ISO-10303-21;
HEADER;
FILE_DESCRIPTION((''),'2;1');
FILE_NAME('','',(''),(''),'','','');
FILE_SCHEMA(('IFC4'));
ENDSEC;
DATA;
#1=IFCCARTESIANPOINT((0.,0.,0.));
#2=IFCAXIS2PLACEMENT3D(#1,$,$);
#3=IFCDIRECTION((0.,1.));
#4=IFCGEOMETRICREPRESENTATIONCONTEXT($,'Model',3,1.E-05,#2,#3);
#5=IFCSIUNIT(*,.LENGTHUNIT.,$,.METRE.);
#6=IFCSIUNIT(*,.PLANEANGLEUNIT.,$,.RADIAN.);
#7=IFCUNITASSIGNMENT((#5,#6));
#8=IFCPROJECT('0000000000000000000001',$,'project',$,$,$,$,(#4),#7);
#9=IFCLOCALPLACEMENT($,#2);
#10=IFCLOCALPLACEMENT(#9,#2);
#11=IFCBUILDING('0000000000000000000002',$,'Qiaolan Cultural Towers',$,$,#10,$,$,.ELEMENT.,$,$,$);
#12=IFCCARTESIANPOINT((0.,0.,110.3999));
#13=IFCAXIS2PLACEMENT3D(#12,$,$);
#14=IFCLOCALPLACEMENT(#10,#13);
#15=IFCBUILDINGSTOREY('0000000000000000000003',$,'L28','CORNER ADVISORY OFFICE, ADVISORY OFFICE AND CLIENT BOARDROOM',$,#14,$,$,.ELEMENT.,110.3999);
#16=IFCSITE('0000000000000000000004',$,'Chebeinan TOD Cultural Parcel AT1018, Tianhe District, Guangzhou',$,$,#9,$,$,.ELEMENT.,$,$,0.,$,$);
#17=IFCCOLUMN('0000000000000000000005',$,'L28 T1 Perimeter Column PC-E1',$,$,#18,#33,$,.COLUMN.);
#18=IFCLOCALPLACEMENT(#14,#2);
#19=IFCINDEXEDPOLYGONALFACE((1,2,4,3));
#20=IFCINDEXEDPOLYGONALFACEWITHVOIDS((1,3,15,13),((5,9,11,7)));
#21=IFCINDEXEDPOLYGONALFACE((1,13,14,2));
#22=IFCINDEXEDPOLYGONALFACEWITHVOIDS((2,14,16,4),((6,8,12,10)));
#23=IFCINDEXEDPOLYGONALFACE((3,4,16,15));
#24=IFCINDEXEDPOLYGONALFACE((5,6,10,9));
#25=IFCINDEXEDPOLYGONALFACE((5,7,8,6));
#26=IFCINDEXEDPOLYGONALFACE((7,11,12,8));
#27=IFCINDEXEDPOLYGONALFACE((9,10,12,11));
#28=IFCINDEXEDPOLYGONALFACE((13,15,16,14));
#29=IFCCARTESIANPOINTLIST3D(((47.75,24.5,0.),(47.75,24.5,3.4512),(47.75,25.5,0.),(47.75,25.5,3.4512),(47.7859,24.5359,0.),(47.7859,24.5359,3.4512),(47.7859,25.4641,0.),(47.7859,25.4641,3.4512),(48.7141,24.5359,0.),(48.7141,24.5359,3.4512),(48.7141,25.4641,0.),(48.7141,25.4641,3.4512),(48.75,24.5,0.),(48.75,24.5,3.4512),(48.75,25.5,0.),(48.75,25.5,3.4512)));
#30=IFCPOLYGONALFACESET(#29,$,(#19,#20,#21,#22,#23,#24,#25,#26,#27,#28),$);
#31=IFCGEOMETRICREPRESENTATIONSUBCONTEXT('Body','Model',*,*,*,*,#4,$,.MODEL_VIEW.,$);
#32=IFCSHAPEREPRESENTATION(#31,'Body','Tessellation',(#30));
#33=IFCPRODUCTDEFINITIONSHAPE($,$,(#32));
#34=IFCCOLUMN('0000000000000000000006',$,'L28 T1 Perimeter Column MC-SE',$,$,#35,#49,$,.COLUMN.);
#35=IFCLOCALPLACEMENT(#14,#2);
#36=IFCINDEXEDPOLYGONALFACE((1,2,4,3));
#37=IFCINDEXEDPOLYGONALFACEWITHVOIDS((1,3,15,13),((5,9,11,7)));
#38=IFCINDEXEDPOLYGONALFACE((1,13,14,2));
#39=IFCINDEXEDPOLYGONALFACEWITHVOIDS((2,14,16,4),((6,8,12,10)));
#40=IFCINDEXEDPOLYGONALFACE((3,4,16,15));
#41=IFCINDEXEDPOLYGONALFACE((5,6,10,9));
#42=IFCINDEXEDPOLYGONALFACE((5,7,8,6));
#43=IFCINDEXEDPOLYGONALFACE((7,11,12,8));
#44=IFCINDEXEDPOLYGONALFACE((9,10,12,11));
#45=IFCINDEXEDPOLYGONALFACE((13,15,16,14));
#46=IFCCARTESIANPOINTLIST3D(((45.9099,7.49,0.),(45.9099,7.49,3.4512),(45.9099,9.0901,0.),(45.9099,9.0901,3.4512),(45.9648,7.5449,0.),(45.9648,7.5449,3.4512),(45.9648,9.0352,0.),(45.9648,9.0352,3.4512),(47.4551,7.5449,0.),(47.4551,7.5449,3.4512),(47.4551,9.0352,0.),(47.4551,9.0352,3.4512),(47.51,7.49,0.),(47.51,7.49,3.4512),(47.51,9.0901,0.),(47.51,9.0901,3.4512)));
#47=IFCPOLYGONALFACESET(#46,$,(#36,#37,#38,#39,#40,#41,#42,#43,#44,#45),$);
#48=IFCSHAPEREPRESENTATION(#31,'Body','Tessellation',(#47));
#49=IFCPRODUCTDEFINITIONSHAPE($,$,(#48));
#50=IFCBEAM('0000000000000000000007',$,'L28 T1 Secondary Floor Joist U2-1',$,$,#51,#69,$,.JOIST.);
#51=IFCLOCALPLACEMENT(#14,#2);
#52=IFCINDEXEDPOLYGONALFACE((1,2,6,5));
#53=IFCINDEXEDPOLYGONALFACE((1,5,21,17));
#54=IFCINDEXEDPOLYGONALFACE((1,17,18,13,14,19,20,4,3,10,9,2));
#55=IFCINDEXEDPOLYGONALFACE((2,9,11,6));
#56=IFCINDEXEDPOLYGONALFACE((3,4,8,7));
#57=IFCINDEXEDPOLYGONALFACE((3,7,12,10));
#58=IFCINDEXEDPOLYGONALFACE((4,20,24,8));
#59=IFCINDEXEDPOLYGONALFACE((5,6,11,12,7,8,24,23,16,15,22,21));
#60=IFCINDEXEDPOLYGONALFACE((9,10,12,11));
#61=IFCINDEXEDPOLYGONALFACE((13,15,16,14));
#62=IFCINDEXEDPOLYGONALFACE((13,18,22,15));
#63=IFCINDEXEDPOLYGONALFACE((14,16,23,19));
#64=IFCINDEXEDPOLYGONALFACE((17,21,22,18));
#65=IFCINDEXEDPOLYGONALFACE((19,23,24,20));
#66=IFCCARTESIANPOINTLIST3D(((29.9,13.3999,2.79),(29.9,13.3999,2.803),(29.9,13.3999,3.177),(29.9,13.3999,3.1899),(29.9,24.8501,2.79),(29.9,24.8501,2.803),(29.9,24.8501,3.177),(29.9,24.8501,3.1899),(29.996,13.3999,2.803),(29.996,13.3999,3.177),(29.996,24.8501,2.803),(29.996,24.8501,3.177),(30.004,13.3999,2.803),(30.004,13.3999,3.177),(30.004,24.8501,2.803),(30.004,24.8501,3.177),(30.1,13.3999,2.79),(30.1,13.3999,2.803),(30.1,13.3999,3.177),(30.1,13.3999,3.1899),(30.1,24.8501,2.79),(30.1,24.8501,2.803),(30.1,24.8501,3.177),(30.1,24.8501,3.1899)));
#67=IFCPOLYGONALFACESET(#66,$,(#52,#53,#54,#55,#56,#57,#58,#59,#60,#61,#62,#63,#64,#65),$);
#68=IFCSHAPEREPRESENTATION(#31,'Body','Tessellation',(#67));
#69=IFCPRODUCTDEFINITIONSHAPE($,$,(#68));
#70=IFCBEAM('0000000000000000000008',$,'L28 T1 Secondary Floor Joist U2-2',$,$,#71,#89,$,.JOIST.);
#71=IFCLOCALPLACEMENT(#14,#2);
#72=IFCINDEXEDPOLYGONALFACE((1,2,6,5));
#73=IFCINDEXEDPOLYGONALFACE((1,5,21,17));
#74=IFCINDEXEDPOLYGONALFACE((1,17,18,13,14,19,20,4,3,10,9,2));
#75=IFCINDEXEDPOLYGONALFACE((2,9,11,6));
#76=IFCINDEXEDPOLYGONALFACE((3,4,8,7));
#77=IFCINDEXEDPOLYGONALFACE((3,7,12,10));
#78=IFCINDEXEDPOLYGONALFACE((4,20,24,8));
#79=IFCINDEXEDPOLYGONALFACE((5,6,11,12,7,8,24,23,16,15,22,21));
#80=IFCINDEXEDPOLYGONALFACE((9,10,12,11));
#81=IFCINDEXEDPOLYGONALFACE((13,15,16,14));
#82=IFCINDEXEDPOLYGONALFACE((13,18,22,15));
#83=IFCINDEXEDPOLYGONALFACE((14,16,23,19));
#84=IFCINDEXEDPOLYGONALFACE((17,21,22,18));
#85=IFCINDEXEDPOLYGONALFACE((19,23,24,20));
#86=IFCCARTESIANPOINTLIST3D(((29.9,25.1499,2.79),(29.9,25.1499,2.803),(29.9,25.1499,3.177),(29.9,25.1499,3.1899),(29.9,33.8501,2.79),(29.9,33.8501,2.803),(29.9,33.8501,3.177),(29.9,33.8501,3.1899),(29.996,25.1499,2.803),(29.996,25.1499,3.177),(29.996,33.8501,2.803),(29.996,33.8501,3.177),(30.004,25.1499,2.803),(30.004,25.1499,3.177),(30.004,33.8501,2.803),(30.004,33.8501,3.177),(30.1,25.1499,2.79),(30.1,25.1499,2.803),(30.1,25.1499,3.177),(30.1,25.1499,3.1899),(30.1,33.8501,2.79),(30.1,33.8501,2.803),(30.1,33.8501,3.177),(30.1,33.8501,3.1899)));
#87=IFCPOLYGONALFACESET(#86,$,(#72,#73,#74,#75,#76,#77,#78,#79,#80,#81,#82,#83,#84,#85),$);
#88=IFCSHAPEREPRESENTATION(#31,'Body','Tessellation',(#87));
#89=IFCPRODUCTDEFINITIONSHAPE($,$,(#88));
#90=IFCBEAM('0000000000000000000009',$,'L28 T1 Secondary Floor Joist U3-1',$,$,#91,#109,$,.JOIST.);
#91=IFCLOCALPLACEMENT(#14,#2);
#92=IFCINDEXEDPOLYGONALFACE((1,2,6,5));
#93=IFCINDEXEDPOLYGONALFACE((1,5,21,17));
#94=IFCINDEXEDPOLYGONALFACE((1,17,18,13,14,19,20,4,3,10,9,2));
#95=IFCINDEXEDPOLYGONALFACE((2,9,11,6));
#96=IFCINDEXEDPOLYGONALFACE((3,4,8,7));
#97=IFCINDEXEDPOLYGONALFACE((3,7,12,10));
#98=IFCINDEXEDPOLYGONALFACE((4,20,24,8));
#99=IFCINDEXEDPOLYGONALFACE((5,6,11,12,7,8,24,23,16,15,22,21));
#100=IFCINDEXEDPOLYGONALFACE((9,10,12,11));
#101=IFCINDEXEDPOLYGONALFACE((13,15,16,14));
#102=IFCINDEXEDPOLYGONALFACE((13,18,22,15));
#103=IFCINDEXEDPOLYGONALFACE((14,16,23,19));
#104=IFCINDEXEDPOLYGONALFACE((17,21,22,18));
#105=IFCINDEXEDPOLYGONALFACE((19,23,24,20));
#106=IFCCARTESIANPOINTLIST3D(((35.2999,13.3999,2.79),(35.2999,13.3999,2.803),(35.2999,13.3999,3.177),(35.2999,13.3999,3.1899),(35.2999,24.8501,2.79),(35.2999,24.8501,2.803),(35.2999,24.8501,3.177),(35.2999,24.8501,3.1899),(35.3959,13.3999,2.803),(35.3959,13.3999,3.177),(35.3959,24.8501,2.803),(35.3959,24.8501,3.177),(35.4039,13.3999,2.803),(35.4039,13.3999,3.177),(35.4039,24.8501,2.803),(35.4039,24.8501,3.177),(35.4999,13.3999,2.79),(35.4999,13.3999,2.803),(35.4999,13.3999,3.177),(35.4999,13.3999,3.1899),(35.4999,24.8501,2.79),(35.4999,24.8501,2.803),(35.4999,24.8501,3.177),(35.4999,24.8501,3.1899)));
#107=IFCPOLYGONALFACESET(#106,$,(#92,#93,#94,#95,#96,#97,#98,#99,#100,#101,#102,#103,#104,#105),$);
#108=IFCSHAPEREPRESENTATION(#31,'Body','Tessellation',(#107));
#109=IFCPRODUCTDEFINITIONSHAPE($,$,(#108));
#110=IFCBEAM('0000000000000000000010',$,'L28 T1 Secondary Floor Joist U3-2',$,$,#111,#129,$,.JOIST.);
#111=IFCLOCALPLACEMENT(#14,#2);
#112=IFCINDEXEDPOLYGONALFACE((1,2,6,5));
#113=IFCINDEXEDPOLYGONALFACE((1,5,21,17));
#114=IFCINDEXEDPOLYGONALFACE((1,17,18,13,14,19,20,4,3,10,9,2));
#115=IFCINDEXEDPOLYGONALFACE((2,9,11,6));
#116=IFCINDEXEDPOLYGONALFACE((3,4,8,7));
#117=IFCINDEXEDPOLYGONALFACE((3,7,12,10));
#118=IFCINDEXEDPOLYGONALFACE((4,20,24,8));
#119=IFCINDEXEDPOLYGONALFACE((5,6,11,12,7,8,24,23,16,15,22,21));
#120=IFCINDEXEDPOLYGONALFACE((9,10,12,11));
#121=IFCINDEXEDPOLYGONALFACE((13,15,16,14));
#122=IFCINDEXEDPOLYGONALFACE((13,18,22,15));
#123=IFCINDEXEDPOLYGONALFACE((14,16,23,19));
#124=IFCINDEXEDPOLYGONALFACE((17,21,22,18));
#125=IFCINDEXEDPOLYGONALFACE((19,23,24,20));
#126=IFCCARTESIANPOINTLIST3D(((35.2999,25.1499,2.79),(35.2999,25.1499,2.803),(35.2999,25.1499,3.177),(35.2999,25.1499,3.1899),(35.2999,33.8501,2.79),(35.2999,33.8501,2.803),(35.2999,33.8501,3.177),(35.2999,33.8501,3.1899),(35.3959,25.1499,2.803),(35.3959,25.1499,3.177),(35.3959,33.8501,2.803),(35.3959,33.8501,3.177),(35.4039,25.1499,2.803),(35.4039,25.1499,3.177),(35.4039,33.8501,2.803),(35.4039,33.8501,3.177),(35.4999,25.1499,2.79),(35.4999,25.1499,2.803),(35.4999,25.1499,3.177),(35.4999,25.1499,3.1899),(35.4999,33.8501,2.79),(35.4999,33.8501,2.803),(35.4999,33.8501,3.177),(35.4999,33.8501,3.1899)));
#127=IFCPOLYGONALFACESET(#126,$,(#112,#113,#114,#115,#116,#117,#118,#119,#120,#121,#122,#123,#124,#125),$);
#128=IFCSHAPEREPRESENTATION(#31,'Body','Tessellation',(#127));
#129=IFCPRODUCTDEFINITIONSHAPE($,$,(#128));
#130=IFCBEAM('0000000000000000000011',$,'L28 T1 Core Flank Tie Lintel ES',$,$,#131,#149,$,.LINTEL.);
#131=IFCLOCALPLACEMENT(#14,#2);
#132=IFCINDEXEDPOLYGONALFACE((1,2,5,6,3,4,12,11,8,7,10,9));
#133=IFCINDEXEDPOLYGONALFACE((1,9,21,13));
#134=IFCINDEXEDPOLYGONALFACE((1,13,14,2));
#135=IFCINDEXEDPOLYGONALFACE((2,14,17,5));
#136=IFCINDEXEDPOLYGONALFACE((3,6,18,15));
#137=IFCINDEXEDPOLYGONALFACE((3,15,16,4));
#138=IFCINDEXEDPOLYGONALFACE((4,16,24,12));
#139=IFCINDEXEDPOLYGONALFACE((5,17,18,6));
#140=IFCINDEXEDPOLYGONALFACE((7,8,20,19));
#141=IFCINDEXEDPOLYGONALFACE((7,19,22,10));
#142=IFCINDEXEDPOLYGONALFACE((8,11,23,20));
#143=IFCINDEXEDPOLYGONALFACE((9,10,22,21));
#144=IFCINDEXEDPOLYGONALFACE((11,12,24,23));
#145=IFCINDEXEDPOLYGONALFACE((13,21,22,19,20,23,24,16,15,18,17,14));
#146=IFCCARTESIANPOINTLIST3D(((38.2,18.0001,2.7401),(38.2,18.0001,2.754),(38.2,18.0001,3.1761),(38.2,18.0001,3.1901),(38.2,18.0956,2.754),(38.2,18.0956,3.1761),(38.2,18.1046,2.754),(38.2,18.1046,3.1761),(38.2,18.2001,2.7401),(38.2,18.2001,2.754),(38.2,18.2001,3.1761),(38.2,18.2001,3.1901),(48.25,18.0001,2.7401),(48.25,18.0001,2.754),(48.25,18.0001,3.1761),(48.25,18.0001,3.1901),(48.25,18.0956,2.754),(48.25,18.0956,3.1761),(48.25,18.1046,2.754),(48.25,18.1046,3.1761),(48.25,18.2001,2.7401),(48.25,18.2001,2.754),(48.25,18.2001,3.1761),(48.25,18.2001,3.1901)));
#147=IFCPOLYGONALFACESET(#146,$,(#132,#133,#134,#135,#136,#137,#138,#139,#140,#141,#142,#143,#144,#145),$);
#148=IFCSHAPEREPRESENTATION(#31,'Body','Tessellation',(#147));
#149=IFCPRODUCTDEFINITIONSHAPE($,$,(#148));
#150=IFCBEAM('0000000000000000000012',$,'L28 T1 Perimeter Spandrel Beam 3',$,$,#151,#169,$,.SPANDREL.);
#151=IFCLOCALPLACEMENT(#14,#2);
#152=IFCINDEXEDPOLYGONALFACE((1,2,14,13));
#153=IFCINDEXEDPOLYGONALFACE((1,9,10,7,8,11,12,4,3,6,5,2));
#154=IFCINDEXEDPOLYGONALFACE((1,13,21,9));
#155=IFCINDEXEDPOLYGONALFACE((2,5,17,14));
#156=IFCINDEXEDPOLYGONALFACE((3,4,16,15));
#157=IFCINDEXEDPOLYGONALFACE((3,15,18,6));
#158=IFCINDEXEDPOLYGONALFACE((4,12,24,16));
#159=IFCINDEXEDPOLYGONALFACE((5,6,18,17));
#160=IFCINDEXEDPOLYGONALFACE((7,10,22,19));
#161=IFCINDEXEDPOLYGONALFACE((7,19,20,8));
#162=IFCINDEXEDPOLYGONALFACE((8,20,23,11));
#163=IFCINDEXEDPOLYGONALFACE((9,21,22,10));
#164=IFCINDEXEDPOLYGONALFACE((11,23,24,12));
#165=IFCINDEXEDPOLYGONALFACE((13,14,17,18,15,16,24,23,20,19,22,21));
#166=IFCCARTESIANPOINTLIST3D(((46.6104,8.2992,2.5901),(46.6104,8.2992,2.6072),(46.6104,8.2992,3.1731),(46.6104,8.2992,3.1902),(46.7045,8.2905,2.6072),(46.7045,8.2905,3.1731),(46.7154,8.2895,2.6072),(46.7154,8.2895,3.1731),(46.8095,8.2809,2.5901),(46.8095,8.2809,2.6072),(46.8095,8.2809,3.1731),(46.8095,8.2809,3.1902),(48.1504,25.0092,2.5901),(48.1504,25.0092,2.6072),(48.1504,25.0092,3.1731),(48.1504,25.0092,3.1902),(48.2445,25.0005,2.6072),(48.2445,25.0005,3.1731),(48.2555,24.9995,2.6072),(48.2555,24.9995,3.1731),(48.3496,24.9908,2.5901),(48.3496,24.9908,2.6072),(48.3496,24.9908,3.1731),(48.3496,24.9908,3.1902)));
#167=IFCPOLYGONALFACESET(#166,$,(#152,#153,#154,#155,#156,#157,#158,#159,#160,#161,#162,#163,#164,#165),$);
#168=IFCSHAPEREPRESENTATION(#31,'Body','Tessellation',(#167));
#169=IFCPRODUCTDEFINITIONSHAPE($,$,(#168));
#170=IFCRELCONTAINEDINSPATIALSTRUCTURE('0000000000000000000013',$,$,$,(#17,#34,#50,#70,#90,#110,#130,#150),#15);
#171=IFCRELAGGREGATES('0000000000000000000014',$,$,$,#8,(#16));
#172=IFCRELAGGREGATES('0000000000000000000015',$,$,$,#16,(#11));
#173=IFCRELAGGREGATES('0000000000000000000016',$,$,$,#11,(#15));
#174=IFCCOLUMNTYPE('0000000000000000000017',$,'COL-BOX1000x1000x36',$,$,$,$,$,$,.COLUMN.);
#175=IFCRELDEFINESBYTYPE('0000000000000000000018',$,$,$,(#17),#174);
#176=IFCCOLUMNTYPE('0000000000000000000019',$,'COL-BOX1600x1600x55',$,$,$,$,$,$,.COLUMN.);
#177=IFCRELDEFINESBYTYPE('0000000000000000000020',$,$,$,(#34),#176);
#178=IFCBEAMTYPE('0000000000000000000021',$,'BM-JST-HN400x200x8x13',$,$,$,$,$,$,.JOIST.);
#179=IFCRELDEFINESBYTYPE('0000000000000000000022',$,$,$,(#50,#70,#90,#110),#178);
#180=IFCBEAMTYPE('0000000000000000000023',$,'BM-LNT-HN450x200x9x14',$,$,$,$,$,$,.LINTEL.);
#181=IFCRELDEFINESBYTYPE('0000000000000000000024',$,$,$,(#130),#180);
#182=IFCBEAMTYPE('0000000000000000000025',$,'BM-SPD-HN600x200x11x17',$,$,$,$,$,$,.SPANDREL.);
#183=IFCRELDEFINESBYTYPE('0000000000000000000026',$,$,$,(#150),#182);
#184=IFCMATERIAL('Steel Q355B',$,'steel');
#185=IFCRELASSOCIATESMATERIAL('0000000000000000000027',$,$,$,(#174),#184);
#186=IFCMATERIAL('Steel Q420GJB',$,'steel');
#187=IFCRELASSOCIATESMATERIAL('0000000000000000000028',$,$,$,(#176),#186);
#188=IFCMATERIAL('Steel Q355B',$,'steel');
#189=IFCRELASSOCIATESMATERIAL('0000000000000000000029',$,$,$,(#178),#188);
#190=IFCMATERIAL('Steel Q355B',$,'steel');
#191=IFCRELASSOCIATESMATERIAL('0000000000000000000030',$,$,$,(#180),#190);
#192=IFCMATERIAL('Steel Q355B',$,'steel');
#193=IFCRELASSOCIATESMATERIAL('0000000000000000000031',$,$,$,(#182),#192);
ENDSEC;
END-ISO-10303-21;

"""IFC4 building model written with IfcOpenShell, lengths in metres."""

from ifc_helpers import new_model, si_unit, direction, frame, origin, origin_2d, place, context, subcontext, project, spatial, hollow_rectangle, i_section, extrude, material, material_profile, profile_set, type_object, element, save


model = new_model("IFC4")

# Units and contexts
model_context = context("Model", 3, precision=1e-05, world=origin(), true_north=direction((0.0, 1.0)))
body_context = subcontext(model_context, "Body", "Model", "MODEL_VIEW")
ifc_project = project(units=[si_unit("LENGTHUNIT", "METRE"), si_unit("PLANEANGLEUNIT", "RADIAN")], contexts=[model_context])

# Site, building, storey
site_placement = place(None, origin())
site = spatial("IfcSite", under=ifc_project, at=site_placement, Name="Chebeinan TOD Cultural Parcel AT1018, Tianhe District, Guangzhou", CompositionType="ELEMENT", RefElevation=0.0)
building_placement = place(site_placement, origin())
building = spatial("IfcBuilding", under=site, at=building_placement, Name="Qiaolan Cultural Towers", CompositionType="ELEMENT")
storey_placement = place(building_placement, frame((0.0, 0.0, 110.3999)))
storey = spatial("IfcBuildingStorey", under=building, at=storey_placement, Name="L28", Description="CORNER ADVISORY OFFICE, ADVISORY OFFICE AND CLIENT BOARDROOM", CompositionType="ELEMENT", Elevation=110.3999)

# Columns
ifc_material_1 = material(Name="Steel Q355B", Category="steel")
ifc_material_profile_1 = material_profile(ifc_material_1, hollow_rectangle(XDim=1.0, YDim=1.0, WallThickness=0.0359, at=origin_2d()), Name="BOX1000x1000x36")
ifc_profile_set_1 = profile_set([ifc_material_profile_1], Name="Steel Q355B")
column_type_1 = type_object("IfcColumnType", Name="COL-BOX1000x1000x36", PredefinedType="COLUMN", material=ifc_profile_set_1)
column_1_placement = place(storey_placement, frame((48.25, 25.0, 0.0), z_axis=(0.0, 0.0, 1.0), x_axis=(1.0, 0.0, 0.0)))
element("IfcColumn", 1, at=column_1_placement, inside=storey, type_object=column_type_1, Name="L28 T1 Perimeter Column PC-E1", PredefinedType="COLUMN", context=body_context, shape_type="SweptSolid", body=[
    extrude(hollow_rectangle(XDim=1.0, YDim=1.0, WallThickness=0.0359, at=origin_2d()), origin(), (0.0, 0.0, 1.0), 3.4512),
])
ifc_material_2 = material(Name="Steel Q420GJB", Category="steel")
ifc_material_profile_2 = material_profile(ifc_material_2, hollow_rectangle(XDim=1.6001, YDim=1.6001, WallThickness=0.0549, at=origin_2d()), Name="BOX1600x1600x55")
ifc_profile_set_2 = profile_set([ifc_material_profile_2], Name="Steel Q420GJB")
column_type_2 = type_object("IfcColumnType", Name="COL-BOX1600x1600x55", PredefinedType="COLUMN", material=ifc_profile_set_2)
column_2_placement = place(storey_placement, frame((46.71, 8.29, 0.0), z_axis=(0.0, 0.0, 1.0), x_axis=(1.0, 0.0, 0.0)))
element("IfcColumn", 2, at=column_2_placement, inside=storey, type_object=column_type_2, Name="L28 T1 Perimeter Column MC-SE", PredefinedType="COLUMN", context=body_context, shape_type="SweptSolid", body=[
    extrude(hollow_rectangle(XDim=1.6001, YDim=1.6001, WallThickness=0.0549, at=origin_2d()), origin(), (0.0, 0.0, 1.0), 3.4512),
])

# Beams
ifc_material_3 = material(Name="Steel Q355B", Category="steel")
ifc_material_profile_3 = material_profile(ifc_material_3, i_section(OverallWidth=0.2, OverallDepth=0.3999, WebThickness=0.0081, FlangeThickness=0.0129, at=origin_2d()), Name="HN400x200x8x13")
ifc_profile_set_3 = profile_set([ifc_material_profile_3], Name="Steel Q355B")
beam_type_1 = type_object("IfcBeamType", Name="BM-JST-HN400x200x8x13", PredefinedType="JOIST", material=ifc_profile_set_3)
beam_1_placement = place(storey_placement, frame((30.0, 13.3999, 2.99), z_axis=(0.0, 1.0, 0.0), x_axis=(-1.0, 0.0, 0.0)))
element("IfcBeam", 3, at=beam_1_placement, inside=storey, type_object=beam_type_1, Name="L28 T1 Secondary Floor Joist U2-1", PredefinedType="JOIST", context=body_context, shape_type="SweptSolid", body=[
    extrude(i_section(OverallWidth=0.2, OverallDepth=0.3999, WebThickness=0.0081, FlangeThickness=0.0129, at=origin_2d()), origin(), (0.0, 0.0, 1.0), 11.4502),
])
beam_2_placement = place(storey_placement, frame((30.0, 25.1499, 2.99), z_axis=(0.0, 1.0, 0.0), x_axis=(-1.0, 0.0, 0.0)))
element("IfcBeam", 4, at=beam_2_placement, inside=storey, type_object=beam_type_1, Name="L28 T1 Secondary Floor Joist U2-2", PredefinedType="JOIST", context=body_context, shape_type="SweptSolid", body=[
    extrude(i_section(OverallWidth=0.2, OverallDepth=0.3999, WebThickness=0.0081, FlangeThickness=0.0129, at=origin_2d()), origin(), (0.0, 0.0, 1.0), 8.7002),
])
beam_3_placement = place(storey_placement, frame((35.3999, 13.3999, 2.99), z_axis=(0.0, 1.0, 0.0), x_axis=(-1.0, 0.0, 0.0)))
element("IfcBeam", 5, at=beam_3_placement, inside=storey, type_object=beam_type_1, Name="L28 T1 Secondary Floor Joist U3-1", PredefinedType="JOIST", context=body_context, shape_type="SweptSolid", body=[
    extrude(i_section(OverallWidth=0.2, OverallDepth=0.3999, WebThickness=0.0081, FlangeThickness=0.0129, at=origin_2d()), origin(), (0.0, 0.0, 1.0), 11.4502),
])
beam_4_placement = place(storey_placement, frame((35.3999, 25.1499, 2.99), z_axis=(0.0, 1.0, 0.0), x_axis=(-1.0, 0.0, 0.0)))
element("IfcBeam", 6, at=beam_4_placement, inside=storey, type_object=beam_type_1, Name="L28 T1 Secondary Floor Joist U3-2", PredefinedType="JOIST", context=body_context, shape_type="SweptSolid", body=[
    extrude(i_section(OverallWidth=0.2, OverallDepth=0.3999, WebThickness=0.0081, FlangeThickness=0.0129, at=origin_2d()), origin(), (0.0, 0.0, 1.0), 8.7002),
])
ifc_material_4 = material(Name="Steel Q355B", Category="steel")
ifc_material_profile_4 = material_profile(ifc_material_4, i_section(OverallWidth=0.2, OverallDepth=0.45, WebThickness=0.009, FlangeThickness=0.0139, at=origin_2d()), Name="HN450x200x9x14")
ifc_profile_set_4 = profile_set([ifc_material_profile_4], Name="Steel Q355B")
beam_type_2 = type_object("IfcBeamType", Name="BM-LNT-HN450x200x9x14", PredefinedType="LINTEL", material=ifc_profile_set_4)
beam_5_placement = place(storey_placement, frame((38.2, 18.1001, 2.9651), z_axis=(1.0, 0.0, 0.0), x_axis=(0.0, 1.0, 0.0)))
element("IfcBeam", 7, at=beam_5_placement, inside=storey, type_object=beam_type_2, Name="L28 T1 Core Flank Tie Lintel ES", PredefinedType="LINTEL", context=body_context, shape_type="SweptSolid", body=[
    extrude(i_section(OverallWidth=0.2, OverallDepth=0.45, WebThickness=0.009, FlangeThickness=0.0139, at=origin_2d()), origin(), (0.0, 0.0, 1.0), 10.05),
])
ifc_material_5 = material(Name="Steel Q355B", Category="steel")
ifc_material_profile_5 = material_profile(ifc_material_5, i_section(OverallWidth=0.2, OverallDepth=0.6001, WebThickness=0.011, FlangeThickness=0.0171, at=origin_2d()), Name="HN600x200x11x17")
ifc_profile_set_5 = profile_set([ifc_material_profile_5], Name="Steel Q355B")
beam_type_3 = type_object("IfcBeamType", Name="BM-SPD-HN600x200x11x17", PredefinedType="SPANDREL", material=ifc_profile_set_5)
beam_6_placement = place(storey_placement, frame((46.71, 8.29, 2.8901), z_axis=(0.091774, 0.99578, 0.0), x_axis=(-0.99578, 0.091774, 0.0)))
element("IfcBeam", 8, at=beam_6_placement, inside=storey, type_object=beam_type_3, Name="L28 T1 Perimeter Spandrel Beam 3", PredefinedType="SPANDREL", context=body_context, shape_type="SweptSolid", body=[
    extrude(i_section(OverallWidth=0.2, OverallDepth=0.6001, WebThickness=0.011, FlangeThickness=0.0171, at=origin_2d()), origin(), (0.0, 0.0, 1.0), 16.7808),
])

save(model, "model.ifc")
